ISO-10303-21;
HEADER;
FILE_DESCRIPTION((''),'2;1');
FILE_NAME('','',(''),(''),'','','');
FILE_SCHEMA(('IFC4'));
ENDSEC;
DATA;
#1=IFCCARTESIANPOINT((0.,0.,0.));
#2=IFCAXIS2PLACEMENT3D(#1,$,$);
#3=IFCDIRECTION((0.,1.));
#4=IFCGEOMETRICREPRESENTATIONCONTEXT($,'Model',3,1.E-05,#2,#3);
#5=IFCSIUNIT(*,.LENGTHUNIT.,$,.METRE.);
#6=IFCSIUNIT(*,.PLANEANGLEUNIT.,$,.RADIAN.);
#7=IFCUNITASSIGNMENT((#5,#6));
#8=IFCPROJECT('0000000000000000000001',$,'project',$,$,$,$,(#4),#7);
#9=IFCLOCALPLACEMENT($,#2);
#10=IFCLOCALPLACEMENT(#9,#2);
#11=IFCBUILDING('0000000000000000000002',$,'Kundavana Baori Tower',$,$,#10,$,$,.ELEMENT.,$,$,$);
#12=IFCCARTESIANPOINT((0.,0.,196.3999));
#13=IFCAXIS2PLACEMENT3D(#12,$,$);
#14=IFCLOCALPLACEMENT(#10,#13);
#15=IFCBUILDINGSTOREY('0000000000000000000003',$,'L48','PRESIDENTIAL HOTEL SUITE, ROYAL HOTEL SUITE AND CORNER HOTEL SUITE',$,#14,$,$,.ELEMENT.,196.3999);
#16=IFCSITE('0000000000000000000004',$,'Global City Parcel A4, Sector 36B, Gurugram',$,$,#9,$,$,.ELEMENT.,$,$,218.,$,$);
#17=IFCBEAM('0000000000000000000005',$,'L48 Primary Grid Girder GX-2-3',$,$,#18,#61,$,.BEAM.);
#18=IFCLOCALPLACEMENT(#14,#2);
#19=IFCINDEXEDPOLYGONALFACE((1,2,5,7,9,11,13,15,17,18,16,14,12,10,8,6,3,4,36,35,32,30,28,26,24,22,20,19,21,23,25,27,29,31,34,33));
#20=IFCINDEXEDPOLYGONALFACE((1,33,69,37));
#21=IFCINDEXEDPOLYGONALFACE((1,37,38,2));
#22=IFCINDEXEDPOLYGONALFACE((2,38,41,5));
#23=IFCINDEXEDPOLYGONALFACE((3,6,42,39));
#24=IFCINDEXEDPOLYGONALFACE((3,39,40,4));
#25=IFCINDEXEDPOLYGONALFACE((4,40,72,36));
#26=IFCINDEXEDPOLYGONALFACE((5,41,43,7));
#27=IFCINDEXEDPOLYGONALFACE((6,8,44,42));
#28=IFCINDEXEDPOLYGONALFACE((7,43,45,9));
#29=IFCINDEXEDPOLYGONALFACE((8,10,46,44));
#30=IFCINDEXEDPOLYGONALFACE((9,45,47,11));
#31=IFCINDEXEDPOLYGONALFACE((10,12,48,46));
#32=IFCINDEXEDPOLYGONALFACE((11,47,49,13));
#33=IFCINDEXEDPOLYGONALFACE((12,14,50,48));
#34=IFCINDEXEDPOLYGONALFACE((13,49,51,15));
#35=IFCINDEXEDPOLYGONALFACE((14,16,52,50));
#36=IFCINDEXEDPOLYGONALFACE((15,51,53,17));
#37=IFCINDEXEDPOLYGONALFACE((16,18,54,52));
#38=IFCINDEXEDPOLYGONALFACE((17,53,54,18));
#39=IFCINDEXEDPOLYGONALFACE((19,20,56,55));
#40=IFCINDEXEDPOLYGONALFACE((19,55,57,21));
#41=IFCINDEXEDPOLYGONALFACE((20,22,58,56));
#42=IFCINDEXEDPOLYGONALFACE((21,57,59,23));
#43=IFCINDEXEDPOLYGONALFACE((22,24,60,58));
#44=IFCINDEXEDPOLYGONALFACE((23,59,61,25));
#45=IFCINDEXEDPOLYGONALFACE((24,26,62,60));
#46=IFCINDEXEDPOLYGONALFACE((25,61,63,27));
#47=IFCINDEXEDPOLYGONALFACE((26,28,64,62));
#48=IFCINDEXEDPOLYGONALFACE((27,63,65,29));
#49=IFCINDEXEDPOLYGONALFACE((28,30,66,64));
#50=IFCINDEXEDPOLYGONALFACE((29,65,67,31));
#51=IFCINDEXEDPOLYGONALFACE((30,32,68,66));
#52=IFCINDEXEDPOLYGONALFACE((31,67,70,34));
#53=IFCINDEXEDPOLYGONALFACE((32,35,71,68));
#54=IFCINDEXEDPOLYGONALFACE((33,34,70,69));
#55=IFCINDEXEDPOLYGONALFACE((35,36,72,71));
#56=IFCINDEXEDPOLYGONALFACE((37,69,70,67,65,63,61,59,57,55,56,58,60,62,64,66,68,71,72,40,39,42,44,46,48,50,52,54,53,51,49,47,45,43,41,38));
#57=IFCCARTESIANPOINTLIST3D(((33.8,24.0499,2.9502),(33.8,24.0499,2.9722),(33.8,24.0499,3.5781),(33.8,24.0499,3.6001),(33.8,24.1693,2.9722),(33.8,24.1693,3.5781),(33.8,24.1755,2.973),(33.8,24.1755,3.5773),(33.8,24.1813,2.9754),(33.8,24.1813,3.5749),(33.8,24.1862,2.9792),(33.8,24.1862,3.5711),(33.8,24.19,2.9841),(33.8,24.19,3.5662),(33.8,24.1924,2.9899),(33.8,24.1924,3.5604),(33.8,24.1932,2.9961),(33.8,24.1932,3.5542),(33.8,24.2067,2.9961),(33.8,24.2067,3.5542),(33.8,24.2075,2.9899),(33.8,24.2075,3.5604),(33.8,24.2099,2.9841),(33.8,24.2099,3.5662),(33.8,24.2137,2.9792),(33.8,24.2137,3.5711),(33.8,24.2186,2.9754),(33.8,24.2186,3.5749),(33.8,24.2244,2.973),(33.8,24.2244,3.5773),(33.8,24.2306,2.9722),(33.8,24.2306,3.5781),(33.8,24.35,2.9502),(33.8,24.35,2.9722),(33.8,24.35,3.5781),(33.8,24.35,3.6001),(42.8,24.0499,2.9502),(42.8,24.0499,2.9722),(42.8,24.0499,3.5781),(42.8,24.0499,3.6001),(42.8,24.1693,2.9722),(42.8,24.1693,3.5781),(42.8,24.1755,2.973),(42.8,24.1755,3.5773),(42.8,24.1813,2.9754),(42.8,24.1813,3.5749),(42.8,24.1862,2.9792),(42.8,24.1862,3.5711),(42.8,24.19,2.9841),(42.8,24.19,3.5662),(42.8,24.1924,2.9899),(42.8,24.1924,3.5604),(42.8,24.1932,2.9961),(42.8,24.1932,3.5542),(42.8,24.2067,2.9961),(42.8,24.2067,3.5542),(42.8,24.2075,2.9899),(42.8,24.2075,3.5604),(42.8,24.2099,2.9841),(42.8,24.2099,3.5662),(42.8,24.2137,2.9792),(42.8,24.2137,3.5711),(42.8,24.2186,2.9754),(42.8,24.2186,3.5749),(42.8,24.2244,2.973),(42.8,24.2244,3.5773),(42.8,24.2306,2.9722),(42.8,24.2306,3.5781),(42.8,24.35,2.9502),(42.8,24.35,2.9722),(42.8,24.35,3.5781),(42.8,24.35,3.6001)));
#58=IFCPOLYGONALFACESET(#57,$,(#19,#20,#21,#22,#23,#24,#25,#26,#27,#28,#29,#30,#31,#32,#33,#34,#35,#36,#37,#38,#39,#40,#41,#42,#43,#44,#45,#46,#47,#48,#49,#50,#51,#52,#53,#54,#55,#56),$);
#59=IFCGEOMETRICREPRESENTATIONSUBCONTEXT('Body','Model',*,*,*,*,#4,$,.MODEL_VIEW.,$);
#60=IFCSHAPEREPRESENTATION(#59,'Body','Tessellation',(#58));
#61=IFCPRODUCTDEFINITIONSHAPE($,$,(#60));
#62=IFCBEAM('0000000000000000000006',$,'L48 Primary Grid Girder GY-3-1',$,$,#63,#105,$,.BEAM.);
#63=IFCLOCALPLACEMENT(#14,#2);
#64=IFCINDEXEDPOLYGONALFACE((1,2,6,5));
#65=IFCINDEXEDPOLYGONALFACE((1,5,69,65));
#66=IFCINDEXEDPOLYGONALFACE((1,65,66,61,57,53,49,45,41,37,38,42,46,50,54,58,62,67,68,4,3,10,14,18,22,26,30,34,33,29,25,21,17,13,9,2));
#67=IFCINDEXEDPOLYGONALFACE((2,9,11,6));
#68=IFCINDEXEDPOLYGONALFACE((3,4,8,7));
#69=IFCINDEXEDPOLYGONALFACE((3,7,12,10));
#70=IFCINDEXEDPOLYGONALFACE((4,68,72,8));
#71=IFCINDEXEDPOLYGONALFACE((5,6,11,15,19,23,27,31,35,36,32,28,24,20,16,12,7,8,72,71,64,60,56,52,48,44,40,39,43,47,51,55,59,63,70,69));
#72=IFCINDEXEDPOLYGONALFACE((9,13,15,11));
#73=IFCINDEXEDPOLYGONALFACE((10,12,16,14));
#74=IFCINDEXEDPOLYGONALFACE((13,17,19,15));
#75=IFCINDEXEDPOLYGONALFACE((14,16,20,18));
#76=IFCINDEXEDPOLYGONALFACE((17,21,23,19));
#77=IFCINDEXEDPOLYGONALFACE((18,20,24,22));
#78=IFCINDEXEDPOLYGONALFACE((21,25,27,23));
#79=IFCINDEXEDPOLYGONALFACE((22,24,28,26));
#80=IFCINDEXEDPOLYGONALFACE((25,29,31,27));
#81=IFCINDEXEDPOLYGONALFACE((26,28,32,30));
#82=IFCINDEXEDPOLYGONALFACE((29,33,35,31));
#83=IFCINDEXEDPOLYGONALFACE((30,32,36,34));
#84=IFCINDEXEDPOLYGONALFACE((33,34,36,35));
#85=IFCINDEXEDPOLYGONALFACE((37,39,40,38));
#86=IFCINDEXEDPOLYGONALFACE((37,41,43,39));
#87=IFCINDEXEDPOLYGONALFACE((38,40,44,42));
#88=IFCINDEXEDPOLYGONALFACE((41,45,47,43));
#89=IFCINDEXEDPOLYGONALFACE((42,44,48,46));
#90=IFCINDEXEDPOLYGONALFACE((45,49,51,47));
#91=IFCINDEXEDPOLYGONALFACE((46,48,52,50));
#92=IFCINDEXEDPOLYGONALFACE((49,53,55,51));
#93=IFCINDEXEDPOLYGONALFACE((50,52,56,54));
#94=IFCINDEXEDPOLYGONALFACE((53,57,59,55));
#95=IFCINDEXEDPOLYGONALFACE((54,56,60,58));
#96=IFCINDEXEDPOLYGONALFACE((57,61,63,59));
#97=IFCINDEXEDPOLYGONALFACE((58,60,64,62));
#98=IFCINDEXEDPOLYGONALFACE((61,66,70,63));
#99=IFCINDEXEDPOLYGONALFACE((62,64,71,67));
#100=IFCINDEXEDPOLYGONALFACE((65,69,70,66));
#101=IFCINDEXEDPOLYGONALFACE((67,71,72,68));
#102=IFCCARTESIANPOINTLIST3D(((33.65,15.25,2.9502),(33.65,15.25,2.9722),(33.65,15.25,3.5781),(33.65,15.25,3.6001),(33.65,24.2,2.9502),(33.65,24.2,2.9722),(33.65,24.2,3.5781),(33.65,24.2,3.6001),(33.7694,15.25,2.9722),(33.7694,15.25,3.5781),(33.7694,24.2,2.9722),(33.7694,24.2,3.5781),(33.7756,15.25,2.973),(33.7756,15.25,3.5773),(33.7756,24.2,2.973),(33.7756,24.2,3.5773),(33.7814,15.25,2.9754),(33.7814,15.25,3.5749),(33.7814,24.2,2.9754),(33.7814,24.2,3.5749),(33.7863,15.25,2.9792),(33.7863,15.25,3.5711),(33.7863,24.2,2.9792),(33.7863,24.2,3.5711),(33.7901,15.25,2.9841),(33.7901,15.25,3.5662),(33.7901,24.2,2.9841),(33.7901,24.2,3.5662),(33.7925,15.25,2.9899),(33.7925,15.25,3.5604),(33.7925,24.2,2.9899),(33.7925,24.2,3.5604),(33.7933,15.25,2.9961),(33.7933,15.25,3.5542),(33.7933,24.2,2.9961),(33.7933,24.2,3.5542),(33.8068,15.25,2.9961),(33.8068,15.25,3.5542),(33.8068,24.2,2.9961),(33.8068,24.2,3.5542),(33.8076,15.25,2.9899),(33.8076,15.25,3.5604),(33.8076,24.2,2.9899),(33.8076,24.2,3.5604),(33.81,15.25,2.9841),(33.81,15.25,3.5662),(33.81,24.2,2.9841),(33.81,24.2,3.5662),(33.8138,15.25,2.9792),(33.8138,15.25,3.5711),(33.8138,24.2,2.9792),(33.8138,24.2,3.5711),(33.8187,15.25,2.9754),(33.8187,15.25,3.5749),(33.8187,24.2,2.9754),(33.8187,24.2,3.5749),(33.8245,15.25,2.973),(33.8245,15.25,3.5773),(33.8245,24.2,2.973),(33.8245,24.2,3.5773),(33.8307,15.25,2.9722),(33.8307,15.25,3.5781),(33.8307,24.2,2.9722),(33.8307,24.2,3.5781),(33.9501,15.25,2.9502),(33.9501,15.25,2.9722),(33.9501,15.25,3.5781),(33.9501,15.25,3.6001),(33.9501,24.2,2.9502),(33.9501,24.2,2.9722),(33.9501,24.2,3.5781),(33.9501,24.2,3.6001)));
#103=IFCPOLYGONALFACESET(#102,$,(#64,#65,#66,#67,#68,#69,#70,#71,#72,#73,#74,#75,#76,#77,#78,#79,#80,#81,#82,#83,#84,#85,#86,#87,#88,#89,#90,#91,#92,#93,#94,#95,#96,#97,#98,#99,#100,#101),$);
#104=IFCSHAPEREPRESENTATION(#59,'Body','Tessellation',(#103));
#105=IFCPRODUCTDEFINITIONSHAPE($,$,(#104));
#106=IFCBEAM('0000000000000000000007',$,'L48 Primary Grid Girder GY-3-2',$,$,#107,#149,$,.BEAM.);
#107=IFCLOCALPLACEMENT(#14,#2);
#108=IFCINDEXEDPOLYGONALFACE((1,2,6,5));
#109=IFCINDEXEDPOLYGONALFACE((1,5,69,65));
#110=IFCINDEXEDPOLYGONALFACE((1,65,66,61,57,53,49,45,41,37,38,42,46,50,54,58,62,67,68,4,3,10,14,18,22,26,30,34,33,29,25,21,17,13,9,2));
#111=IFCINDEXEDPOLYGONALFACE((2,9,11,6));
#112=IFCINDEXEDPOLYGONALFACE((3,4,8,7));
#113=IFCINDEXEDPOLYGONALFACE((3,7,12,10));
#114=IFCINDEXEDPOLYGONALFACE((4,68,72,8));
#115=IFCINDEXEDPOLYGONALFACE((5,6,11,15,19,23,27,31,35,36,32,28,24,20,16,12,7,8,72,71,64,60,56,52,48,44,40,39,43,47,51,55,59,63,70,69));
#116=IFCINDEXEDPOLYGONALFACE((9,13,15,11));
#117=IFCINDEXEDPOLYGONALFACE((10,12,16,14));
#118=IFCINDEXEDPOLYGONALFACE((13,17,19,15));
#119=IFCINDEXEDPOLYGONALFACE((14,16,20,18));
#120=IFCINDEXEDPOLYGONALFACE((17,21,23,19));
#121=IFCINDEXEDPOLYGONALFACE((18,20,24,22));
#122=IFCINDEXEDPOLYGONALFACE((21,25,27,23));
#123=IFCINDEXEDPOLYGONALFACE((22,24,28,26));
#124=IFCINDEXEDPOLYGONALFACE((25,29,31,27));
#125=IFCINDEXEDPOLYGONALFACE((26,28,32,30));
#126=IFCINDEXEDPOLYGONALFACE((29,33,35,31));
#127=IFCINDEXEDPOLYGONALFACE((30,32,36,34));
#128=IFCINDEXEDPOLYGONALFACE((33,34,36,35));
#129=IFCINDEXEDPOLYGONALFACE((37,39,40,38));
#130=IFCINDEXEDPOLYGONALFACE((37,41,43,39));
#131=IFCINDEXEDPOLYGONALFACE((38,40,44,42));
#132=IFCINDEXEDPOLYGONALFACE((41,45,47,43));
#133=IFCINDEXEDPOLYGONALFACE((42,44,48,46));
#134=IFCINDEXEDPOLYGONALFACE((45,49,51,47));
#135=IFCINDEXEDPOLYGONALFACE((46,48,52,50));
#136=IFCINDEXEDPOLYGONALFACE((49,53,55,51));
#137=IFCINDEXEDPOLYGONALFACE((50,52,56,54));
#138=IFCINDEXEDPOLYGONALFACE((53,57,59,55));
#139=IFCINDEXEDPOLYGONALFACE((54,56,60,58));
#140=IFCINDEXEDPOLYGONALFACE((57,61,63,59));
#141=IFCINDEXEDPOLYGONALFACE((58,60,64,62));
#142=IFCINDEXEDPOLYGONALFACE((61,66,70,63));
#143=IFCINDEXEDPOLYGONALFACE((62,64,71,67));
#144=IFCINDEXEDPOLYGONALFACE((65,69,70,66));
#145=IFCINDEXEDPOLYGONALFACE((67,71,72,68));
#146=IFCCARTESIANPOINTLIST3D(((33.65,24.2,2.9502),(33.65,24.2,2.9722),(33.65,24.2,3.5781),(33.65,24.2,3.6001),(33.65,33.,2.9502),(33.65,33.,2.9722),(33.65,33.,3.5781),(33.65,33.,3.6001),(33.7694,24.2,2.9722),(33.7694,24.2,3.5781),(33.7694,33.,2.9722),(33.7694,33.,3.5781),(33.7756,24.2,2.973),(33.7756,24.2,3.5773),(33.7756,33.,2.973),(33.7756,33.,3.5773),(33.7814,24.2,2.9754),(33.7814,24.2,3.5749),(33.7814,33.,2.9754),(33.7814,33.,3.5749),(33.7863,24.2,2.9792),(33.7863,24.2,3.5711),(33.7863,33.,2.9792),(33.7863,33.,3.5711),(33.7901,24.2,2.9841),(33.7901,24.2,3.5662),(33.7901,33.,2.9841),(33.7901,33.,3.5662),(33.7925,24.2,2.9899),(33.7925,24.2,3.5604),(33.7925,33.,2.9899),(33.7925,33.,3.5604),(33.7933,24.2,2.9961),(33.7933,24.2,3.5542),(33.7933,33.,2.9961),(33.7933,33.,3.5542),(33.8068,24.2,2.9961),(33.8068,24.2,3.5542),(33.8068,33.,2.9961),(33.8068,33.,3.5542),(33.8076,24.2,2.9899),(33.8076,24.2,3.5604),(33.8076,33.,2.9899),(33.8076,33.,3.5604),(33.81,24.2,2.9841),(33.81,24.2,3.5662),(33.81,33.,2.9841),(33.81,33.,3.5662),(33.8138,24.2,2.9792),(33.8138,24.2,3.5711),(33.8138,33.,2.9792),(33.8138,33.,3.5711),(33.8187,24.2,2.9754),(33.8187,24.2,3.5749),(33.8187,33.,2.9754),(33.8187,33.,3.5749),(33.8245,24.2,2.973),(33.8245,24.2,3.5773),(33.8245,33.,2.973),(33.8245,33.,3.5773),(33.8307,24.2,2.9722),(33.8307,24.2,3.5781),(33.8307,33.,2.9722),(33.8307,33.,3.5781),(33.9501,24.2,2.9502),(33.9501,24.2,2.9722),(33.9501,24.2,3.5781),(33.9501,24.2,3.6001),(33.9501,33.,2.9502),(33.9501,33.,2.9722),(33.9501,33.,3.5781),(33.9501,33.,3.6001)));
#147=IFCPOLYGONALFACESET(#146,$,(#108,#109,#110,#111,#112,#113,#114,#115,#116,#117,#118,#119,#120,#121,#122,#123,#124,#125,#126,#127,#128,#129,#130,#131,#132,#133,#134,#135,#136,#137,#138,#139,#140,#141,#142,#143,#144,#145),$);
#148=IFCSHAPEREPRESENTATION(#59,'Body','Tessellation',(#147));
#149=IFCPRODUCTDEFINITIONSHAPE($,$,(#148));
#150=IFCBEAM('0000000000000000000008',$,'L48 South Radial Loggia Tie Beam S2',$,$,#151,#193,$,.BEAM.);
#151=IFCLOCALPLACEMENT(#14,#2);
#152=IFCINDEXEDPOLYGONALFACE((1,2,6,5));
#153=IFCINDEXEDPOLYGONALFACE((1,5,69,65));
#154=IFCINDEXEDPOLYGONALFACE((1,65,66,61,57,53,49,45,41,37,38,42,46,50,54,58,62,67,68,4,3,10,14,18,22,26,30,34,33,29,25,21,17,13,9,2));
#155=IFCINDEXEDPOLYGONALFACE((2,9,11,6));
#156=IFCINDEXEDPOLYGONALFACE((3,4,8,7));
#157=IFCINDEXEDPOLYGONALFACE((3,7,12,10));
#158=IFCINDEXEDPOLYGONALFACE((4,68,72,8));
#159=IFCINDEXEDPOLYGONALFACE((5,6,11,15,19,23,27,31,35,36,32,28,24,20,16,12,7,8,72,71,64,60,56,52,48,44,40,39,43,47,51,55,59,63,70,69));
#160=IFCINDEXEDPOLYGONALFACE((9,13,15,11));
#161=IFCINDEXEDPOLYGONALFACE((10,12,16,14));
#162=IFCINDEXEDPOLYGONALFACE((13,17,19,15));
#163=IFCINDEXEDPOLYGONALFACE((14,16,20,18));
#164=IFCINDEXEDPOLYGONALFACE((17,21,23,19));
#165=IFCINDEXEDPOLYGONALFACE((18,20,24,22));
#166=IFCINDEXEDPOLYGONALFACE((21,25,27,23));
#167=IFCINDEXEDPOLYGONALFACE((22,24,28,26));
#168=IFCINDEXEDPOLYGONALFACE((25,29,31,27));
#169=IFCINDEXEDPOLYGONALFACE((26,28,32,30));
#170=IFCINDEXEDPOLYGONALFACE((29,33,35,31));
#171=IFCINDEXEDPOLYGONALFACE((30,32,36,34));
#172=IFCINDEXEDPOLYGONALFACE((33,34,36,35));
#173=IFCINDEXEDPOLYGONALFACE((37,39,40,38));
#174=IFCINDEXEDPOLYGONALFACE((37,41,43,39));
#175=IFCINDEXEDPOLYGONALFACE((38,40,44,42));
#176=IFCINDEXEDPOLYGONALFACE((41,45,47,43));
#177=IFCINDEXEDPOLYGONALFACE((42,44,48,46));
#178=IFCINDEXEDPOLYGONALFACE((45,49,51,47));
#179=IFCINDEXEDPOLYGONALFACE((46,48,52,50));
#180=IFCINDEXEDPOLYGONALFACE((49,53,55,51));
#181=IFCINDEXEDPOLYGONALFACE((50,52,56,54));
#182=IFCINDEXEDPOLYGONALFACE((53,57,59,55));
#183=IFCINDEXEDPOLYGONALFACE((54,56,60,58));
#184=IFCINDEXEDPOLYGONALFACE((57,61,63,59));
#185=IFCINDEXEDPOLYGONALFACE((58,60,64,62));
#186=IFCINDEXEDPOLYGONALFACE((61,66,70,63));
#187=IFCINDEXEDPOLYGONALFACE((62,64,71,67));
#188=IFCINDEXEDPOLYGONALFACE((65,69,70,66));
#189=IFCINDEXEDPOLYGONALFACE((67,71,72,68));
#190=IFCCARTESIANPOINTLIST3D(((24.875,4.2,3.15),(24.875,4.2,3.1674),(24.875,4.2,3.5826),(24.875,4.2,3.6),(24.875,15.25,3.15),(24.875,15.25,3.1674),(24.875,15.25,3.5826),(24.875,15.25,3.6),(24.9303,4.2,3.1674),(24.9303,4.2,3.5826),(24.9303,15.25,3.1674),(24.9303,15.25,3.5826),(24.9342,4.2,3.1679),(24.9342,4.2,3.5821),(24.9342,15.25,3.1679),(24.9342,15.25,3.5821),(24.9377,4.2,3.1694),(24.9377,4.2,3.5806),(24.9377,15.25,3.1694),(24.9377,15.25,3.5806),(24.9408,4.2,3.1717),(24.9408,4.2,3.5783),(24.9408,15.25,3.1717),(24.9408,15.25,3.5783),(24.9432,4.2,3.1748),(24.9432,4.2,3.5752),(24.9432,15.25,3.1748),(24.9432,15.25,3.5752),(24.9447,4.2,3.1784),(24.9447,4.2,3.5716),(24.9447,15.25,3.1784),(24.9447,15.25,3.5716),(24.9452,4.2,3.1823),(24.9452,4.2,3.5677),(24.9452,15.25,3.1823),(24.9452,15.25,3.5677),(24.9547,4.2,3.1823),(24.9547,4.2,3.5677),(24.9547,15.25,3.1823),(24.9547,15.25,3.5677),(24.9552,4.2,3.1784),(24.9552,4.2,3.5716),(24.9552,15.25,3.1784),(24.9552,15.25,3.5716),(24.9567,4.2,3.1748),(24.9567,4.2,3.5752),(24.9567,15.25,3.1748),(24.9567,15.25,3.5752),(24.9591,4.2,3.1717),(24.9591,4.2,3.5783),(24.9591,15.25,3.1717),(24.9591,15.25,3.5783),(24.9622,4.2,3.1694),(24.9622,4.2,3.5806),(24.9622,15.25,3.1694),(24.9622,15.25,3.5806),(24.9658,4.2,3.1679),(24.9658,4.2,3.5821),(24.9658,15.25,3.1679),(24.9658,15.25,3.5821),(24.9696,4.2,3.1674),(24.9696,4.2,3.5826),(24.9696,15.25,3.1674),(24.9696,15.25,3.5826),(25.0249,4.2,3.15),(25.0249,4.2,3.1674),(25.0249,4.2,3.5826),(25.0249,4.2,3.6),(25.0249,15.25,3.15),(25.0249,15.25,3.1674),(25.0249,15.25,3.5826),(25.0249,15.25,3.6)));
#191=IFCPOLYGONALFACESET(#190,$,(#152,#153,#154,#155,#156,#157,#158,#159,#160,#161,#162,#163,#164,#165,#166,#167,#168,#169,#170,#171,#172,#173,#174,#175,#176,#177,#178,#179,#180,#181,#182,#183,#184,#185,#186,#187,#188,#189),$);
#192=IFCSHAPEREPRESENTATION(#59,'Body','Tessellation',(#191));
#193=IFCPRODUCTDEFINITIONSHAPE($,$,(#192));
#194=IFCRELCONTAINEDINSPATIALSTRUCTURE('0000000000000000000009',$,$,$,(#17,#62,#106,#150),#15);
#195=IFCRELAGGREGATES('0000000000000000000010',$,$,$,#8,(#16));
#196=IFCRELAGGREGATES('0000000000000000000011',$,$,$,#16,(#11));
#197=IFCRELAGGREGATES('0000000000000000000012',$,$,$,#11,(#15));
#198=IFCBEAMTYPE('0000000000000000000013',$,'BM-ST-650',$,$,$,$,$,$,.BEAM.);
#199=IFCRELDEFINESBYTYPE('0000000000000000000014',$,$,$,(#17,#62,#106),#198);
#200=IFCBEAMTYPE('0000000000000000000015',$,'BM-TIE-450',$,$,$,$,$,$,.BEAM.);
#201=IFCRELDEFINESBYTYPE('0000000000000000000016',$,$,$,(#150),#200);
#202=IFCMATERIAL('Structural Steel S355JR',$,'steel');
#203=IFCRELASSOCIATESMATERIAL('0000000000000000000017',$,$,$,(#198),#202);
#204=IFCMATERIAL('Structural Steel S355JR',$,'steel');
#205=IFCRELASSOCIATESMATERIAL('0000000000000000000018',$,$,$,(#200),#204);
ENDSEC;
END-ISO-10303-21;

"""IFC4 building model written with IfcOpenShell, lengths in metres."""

from ifc_helpers import new_model, si_unit, direction, frame, origin, origin_2d, place, context, subcontext, project, spatial, i_section, extrude, material, material_profile, profile_set, type_object, element, save


model = new_model("IFC4")

# Units and contexts
model_context = context("Model", 3, precision=1e-05, world=origin(), true_north=direction((0.0, 1.0)))
body_context = subcontext(model_context, "Body", "Model", "MODEL_VIEW")
ifc_project = project(units=[si_unit("LENGTHUNIT", "METRE"), si_unit("PLANEANGLEUNIT", "RADIAN")], contexts=[model_context])

# Site, building, storey
site_placement = place(None, origin())
site = spatial("IfcSite", under=ifc_project, at=site_placement, Name="Global City Parcel A4, Sector 36B, Gurugram", CompositionType="ELEMENT", RefElevation=218.0)
building_placement = place(site_placement, origin())
building = spatial("IfcBuilding", under=site, at=building_placement, Name="Kundavana Baori Tower", CompositionType="ELEMENT")
storey_placement = place(building_placement, frame((0.0, 0.0, 196.3999)))
storey = spatial("IfcBuildingStorey", under=building, at=storey_placement, Name="L48", Description="PRESIDENTIAL HOTEL SUITE, ROYAL HOTEL SUITE AND CORNER HOTEL SUITE", CompositionType="ELEMENT", Elevation=196.3999)

# Beams
ifc_material_1 = material(Name="Structural Steel S355JR", Category="steel")
ifc_material_profile_1 = material_profile(ifc_material_1, i_section(OverallWidth=0.3, OverallDepth=0.6499, WebThickness=0.0134, FlangeThickness=0.022, FilletRadius=0.0239, at=origin_2d()), Name="NPB 650x300x155")
ifc_profile_set_1 = profile_set([ifc_material_profile_1], Name="Structural Steel S355JR")
beam_type_1 = type_object("IfcBeamType", Name="BM-ST-650", PredefinedType="BEAM", material=ifc_profile_set_1)
beam_1_placement = place(storey_placement, frame((33.8, 24.2, 3.2751), z_axis=(1.0, 0.0, 0.0), x_axis=(0.0, 1.0, 0.0)))
element("IfcBeam", 1, at=beam_1_placement, inside=storey, type_object=beam_type_1, Name="L48 Primary Grid Girder GX-2-3", PredefinedType="BEAM", context=body_context, shape_type="SweptSolid", body=[
    extrude(i_section(OverallWidth=0.3, OverallDepth=0.6499, WebThickness=0.0134, FlangeThickness=0.022, FilletRadius=0.0239, at=origin_2d()), origin(), (0.0, 0.0, 1.0), 9.0),
])
beam_2_placement = place(storey_placement, frame((33.8, 15.25, 3.2751), z_axis=(0.0, 1.0, 0.0), x_axis=(-1.0, 0.0, 0.0)))
element("IfcBeam", 2, at=beam_2_placement, inside=storey, type_object=beam_type_1, Name="L48 Primary Grid Girder GY-3-1", PredefinedType="BEAM", context=body_context, shape_type="SweptSolid", body=[
    extrude(i_section(OverallWidth=0.3, OverallDepth=0.6499, WebThickness=0.0134, FlangeThickness=0.022, FilletRadius=0.0239, at=origin_2d()), origin(), (0.0, 0.0, 1.0), 8.95),
])
beam_3_placement = place(storey_placement, frame((33.8, 24.2, 3.2751), z_axis=(0.0, 1.0, 0.0), x_axis=(-1.0, 0.0, 0.0)))
element("IfcBeam", 3, at=beam_3_placement, inside=storey, type_object=beam_type_1, Name="L48 Primary Grid Girder GY-3-2", PredefinedType="BEAM", context=body_context, shape_type="SweptSolid", body=[
    extrude(i_section(OverallWidth=0.3, OverallDepth=0.6499, WebThickness=0.0134, FlangeThickness=0.022, FilletRadius=0.0239, at=origin_2d()), origin(), (0.0, 0.0, 1.0), 8.8),
])
ifc_material_2 = material(Name="Structural Steel S355JR", Category="steel")
ifc_material_profile_2 = material_profile(ifc_material_2, i_section(OverallWidth=0.1499, OverallDepth=0.45, WebThickness=0.0095, FlangeThickness=0.0173, FilletRadius=0.0149, at=origin_2d()), Name="ISMB 450")
ifc_profile_set_2 = profile_set([ifc_material_profile_2], Name="Structural Steel S355JR")
beam_type_2 = type_object("IfcBeamType", Name="BM-TIE-450", PredefinedType="BEAM", material=ifc_profile_set_2)
for number, where, z_axis, x_axis, name in (
    (4, (24.95, 15.25, 3.375), (0.0, -1.0, 0.0), (1.0, 0.0, 0.0), "L48 South Radial Loggia Tie Beam S2"),
):
    element("IfcBeam", number, at=place(storey_placement, frame(where, z_axis=z_axis, x_axis=x_axis)), inside=storey, type_object=beam_type_2, Name=name, PredefinedType="BEAM", context=body_context, shape_type="SweptSolid", body=[
        extrude(i_section(OverallWidth=0.1499, OverallDepth=0.45, WebThickness=0.0095, FlangeThickness=0.0173, FilletRadius=0.0149, at=origin_2d()), origin(), (0.0, 0.0, 1.0), 11.05),
    ])

save(model, "model.ifc")
